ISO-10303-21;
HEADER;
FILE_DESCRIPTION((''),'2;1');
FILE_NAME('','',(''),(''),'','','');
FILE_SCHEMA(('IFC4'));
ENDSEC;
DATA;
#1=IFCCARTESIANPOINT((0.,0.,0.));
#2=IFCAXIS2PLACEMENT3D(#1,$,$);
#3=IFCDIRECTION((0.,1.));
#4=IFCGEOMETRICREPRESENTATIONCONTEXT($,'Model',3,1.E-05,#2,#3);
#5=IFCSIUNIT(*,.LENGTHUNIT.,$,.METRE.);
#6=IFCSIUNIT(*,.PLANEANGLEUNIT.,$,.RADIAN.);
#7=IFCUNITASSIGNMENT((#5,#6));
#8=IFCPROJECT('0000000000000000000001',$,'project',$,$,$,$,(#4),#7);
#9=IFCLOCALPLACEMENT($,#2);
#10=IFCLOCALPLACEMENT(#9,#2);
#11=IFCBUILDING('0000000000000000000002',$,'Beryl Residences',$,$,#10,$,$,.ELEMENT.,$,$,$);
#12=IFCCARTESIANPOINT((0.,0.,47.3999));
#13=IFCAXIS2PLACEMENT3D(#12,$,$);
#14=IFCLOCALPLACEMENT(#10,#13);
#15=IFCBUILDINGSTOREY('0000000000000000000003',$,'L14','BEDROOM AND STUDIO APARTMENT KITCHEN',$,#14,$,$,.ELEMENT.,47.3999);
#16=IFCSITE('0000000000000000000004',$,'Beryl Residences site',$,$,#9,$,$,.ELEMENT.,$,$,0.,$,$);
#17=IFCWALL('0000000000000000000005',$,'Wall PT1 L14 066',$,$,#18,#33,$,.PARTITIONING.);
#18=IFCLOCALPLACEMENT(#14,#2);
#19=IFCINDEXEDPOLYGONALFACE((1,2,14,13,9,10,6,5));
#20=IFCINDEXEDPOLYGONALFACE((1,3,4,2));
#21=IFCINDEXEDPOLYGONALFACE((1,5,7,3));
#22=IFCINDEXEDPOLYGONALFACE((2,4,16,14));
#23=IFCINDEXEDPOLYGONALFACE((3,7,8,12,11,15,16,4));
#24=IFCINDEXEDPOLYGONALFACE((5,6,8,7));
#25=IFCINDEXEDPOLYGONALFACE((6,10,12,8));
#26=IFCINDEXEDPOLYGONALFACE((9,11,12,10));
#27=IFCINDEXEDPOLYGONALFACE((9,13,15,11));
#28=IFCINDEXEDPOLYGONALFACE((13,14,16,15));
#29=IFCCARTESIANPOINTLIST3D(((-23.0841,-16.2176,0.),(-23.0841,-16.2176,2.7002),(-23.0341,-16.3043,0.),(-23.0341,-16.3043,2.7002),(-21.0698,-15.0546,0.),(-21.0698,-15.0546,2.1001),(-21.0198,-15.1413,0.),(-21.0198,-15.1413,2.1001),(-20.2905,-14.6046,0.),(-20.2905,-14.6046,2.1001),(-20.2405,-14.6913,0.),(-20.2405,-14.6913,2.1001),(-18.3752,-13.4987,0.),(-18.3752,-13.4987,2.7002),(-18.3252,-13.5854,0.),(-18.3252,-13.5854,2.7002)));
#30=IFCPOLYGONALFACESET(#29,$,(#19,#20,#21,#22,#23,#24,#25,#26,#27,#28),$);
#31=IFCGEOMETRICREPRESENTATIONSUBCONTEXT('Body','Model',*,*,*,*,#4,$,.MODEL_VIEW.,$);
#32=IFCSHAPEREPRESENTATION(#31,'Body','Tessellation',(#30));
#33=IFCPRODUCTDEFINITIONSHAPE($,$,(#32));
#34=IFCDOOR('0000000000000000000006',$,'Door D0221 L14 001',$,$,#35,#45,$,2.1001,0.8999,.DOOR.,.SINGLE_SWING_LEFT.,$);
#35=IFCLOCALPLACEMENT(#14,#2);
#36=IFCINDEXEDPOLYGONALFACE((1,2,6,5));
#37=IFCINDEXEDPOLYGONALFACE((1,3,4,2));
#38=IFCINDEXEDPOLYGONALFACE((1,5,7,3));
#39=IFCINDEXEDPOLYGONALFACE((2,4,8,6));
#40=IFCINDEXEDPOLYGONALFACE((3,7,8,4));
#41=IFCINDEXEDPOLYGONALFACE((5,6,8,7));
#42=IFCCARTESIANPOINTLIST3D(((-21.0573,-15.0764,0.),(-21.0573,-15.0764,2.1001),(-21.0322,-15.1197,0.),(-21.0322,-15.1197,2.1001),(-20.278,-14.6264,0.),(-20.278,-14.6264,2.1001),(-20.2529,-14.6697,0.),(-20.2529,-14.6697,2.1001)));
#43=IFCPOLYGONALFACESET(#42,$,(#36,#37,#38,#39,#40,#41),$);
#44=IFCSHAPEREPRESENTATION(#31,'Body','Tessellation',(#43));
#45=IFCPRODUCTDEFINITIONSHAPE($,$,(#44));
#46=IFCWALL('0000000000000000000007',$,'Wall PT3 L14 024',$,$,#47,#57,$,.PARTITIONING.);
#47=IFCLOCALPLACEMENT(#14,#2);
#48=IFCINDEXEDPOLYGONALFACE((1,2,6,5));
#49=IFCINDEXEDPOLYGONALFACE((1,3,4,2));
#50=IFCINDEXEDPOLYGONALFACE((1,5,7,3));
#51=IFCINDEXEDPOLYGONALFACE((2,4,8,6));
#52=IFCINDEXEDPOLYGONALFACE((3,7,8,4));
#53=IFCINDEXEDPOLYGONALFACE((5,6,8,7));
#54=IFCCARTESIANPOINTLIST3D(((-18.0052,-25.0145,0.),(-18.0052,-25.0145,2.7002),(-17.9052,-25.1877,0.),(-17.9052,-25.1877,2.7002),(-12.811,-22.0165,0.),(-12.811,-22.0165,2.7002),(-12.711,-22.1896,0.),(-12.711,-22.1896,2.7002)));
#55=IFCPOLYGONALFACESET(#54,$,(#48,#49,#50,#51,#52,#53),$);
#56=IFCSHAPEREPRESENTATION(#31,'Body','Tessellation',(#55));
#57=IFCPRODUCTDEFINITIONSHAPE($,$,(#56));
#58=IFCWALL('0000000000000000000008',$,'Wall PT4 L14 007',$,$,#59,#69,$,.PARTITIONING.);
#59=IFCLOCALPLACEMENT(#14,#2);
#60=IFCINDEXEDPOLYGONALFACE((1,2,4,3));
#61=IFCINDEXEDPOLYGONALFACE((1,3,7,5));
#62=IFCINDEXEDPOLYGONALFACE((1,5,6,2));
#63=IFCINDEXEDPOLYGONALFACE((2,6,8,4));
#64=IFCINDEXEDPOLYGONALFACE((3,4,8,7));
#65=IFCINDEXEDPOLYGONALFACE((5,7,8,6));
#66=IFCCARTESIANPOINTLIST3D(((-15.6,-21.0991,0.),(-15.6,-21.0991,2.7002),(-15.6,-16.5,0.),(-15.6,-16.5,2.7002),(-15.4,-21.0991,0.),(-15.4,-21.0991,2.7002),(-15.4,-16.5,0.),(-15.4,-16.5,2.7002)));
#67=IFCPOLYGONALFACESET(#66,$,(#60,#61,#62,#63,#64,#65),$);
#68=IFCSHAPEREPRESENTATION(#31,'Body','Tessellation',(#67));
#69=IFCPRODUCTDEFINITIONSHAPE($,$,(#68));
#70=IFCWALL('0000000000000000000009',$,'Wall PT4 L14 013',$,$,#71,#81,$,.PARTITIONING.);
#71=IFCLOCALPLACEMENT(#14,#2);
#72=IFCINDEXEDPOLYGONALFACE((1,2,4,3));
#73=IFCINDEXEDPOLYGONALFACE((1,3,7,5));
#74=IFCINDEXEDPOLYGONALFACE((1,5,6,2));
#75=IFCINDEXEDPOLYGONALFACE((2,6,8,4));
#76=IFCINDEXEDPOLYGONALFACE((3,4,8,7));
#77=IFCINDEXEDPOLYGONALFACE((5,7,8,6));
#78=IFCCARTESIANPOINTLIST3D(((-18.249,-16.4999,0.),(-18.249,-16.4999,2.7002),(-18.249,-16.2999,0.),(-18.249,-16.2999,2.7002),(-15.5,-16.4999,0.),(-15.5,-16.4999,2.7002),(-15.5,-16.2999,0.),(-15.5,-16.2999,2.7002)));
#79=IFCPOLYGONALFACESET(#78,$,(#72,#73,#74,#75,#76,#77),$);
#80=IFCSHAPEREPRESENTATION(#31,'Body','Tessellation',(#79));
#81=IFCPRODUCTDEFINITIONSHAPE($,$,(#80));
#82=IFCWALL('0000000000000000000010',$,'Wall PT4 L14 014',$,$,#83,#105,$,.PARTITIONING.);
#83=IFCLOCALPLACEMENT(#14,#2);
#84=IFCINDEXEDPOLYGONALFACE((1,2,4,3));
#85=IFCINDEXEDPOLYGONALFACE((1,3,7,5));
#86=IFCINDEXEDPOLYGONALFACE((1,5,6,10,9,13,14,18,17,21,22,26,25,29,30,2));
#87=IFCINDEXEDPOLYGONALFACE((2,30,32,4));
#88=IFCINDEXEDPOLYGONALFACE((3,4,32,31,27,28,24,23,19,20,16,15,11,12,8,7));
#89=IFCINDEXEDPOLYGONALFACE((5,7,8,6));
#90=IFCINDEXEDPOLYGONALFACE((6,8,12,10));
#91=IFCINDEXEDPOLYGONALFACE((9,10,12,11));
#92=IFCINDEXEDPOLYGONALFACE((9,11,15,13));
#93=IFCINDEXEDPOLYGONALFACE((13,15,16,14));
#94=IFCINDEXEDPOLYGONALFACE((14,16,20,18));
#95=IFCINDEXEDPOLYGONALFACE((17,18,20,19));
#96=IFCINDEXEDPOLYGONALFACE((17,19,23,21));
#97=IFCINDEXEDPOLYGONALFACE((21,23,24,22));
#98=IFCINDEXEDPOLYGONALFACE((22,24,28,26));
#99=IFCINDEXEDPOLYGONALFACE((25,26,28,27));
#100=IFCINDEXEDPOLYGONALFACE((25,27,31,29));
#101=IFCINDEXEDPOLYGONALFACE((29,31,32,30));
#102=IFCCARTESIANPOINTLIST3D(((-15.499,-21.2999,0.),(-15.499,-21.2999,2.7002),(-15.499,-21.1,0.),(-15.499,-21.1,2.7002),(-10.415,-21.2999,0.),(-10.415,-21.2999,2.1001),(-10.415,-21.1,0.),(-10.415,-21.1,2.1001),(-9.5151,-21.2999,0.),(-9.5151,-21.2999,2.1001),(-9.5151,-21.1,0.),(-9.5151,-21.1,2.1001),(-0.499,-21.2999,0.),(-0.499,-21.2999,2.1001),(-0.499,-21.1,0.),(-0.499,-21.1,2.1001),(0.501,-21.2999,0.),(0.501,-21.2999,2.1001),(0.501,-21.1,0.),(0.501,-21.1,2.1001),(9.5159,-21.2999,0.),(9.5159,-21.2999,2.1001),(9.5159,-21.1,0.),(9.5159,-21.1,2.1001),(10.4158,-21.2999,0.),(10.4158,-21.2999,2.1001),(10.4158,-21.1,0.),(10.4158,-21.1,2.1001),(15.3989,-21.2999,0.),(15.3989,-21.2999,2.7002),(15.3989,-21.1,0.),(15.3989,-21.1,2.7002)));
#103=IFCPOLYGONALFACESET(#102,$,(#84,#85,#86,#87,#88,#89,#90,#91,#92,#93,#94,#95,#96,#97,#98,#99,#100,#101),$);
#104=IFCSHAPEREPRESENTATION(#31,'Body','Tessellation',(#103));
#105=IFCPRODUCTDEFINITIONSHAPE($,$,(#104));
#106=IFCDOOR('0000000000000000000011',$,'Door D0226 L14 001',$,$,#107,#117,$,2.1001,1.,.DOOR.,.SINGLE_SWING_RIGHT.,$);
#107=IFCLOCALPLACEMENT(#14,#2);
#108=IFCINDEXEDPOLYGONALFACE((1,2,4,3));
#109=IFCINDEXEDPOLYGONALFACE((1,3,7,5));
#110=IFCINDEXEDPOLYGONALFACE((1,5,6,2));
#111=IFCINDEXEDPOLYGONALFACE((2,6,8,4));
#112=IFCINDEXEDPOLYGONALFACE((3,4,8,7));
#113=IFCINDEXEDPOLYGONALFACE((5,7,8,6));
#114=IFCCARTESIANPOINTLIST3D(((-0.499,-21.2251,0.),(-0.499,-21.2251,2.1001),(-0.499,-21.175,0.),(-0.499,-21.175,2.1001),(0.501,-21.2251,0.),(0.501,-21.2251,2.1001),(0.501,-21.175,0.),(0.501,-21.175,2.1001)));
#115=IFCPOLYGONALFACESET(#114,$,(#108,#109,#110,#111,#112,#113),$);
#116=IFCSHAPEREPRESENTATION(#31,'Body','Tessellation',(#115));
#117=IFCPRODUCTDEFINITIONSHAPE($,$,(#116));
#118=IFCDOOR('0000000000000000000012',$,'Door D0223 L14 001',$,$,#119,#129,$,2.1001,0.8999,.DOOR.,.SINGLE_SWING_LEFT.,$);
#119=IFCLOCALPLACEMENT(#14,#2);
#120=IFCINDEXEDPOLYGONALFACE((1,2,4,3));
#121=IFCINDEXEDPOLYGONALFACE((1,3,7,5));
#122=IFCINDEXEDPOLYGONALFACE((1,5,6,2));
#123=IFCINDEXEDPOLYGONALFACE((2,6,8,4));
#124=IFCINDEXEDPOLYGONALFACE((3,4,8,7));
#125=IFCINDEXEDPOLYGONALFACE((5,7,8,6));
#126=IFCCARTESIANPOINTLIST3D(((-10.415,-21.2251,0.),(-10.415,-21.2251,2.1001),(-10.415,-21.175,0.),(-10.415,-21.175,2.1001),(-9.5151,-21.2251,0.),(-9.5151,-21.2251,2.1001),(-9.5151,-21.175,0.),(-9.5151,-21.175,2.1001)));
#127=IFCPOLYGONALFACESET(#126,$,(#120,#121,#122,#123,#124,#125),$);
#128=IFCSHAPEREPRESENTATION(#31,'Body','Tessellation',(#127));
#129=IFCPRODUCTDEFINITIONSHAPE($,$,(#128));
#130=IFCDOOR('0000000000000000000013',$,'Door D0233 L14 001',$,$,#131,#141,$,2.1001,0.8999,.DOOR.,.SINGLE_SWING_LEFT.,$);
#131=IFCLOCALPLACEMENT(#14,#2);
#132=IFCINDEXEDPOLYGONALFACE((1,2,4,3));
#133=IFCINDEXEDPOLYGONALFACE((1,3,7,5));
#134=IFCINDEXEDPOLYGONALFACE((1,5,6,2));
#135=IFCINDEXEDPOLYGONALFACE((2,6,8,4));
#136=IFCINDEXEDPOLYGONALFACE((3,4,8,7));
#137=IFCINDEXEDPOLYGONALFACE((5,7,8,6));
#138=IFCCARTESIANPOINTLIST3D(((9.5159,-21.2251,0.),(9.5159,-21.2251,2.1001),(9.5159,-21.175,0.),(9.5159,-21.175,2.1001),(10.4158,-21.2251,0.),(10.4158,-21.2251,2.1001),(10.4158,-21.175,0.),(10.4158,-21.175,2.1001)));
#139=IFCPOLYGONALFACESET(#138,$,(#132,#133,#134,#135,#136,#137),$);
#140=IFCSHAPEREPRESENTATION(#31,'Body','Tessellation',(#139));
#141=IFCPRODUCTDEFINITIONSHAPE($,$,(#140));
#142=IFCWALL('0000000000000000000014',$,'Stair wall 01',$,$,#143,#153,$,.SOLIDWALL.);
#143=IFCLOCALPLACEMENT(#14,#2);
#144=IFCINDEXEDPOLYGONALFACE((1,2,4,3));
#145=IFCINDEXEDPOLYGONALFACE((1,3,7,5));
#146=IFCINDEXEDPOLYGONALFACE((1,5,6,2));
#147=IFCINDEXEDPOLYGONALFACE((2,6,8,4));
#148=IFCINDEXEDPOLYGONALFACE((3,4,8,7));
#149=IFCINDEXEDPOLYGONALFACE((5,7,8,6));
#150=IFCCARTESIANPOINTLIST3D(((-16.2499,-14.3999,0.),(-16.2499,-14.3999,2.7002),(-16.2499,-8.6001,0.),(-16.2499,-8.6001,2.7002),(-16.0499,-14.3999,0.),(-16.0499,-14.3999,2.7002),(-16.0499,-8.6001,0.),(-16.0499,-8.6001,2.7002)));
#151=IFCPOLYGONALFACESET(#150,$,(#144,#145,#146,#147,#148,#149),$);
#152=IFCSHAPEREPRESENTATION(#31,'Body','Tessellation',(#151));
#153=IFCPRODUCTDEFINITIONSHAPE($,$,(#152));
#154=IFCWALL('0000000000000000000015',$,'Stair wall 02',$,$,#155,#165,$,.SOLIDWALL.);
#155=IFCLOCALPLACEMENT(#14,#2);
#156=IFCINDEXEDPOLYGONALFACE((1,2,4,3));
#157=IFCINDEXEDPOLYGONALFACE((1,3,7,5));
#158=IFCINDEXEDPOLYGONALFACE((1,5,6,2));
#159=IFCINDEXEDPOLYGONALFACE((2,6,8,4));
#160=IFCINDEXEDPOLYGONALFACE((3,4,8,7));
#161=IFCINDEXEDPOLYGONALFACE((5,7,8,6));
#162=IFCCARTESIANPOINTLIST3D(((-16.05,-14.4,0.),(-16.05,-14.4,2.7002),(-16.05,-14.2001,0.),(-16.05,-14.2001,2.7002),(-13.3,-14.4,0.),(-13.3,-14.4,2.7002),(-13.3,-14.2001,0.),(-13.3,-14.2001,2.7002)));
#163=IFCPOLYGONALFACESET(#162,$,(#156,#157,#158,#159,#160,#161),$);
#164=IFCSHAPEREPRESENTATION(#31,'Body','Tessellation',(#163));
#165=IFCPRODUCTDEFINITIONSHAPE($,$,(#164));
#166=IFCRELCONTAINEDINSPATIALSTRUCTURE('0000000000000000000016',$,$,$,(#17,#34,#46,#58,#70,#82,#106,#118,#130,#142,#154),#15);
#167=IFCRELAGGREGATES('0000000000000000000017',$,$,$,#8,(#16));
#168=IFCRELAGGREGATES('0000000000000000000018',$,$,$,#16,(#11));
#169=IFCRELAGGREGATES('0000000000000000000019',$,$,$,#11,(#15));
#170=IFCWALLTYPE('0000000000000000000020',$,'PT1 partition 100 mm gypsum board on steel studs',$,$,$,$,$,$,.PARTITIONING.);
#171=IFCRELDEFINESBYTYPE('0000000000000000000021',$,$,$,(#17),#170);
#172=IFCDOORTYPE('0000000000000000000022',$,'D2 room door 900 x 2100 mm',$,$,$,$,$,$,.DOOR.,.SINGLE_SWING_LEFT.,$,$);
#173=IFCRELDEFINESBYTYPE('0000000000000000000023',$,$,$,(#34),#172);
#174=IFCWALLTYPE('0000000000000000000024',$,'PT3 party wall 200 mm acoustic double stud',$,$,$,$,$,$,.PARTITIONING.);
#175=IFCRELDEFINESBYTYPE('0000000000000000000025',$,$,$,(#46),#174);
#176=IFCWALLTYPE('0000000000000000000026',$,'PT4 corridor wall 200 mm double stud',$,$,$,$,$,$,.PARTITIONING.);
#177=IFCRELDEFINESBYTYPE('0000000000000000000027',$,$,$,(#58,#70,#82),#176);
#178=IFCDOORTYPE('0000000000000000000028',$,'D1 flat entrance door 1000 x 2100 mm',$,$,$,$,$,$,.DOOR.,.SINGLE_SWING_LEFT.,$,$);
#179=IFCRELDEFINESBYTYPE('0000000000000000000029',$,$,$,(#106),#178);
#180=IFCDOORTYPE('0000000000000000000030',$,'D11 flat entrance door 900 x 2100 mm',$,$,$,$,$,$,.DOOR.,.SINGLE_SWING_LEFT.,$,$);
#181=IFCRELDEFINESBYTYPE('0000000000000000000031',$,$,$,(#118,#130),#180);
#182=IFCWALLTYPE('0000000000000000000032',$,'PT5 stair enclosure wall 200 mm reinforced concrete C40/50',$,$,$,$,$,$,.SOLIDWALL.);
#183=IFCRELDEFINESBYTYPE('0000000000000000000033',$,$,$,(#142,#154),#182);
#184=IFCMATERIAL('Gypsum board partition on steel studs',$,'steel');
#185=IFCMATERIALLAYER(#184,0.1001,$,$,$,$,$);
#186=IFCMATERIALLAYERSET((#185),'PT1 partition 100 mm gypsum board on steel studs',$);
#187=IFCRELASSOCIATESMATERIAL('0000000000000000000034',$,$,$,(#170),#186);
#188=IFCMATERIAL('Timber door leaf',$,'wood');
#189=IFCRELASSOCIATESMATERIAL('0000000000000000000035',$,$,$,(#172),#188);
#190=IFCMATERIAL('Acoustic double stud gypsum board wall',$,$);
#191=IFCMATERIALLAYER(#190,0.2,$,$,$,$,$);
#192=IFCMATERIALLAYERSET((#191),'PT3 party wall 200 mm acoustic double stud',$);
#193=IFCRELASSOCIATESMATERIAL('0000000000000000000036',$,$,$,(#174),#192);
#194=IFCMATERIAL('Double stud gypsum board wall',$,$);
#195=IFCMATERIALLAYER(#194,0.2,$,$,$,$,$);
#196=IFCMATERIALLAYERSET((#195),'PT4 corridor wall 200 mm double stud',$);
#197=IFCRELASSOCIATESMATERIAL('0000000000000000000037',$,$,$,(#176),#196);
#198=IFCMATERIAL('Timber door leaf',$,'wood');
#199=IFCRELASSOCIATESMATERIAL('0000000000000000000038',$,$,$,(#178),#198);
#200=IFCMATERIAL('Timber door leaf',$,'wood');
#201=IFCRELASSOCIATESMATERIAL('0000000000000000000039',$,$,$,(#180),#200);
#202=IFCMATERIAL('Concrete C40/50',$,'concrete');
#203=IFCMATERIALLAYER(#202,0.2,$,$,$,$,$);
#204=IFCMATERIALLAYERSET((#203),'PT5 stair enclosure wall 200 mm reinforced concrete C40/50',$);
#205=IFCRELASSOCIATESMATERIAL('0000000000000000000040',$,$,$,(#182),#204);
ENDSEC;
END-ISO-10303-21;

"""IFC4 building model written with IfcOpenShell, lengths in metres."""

from ifc_helpers import new_model, si_unit, direction, frame, frame_2d, origin, place, context, subcontext, project, spatial, rectangle, extrude, material, layer, layer_set, type_object, element, fill, save


model = new_model("IFC4")

# Units and contexts
model_context = context("Model", 3, precision=1e-05, world=origin(), true_north=direction((0.0, 1.0)))
body_context = subcontext(model_context, "Body", "Model", "MODEL_VIEW")
ifc_project = project(units=[si_unit("LENGTHUNIT", "METRE"), si_unit("PLANEANGLEUNIT", "RADIAN")], contexts=[model_context])

# Site, building, storey
site_placement = place(None, origin())
site = spatial("IfcSite", under=ifc_project, at=site_placement, Name="Beryl Residences site", CompositionType="ELEMENT", RefElevation=0.0)
building_placement = place(site_placement, origin())
building = spatial("IfcBuilding", under=site, at=building_placement, Name="Beryl Residences", CompositionType="ELEMENT")
storey_placement = place(building_placement, frame((0.0, 0.0, 47.3999)))
storey = spatial("IfcBuildingStorey", under=building, at=storey_placement, Name="L14", Description="BEDROOM AND STUDIO APARTMENT KITCHEN", CompositionType="ELEMENT", Elevation=47.3999)

# Wall, opening, door
ifc_material_1 = material(Name="Gypsum board partition on steel studs", Category="steel")
ifc_layer_1 = layer(ifc_material_1, 0.1001)
ifc_layer_set_1 = layer_set([ifc_layer_1], Name="PT1 partition 100 mm gypsum board on steel studs")
wall_type_1 = type_object("IfcWallType", Name="PT1 partition 100 mm gypsum board on steel studs", PredefinedType="PARTITIONING", material=ifc_layer_set_1)
ifc_material_2 = material(Name="Timber door leaf", Category="wood")
door_type_1 = type_object("IfcDoorType", Name="D2 room door 900 x 2100 mm", OperationType="SINGLE_SWING_LEFT", PredefinedType="DOOR", material=ifc_material_2)
wall_1_placement = place(storey_placement, frame((-23.0591, -16.261, 0.0), z_axis=(0.0, 0.0, 1.0), x_axis=(0.866005, 0.500036, 0.0)))
wall_1 = element("IfcWall", 1, at=wall_1_placement, inside=storey, type_object=wall_type_1, Name="Wall PT1 L14 066", PredefinedType="PARTITIONING", context=body_context, shape_type="SweptSolid", body=[
    extrude(rectangle(XDim=5.4375, YDim=0.1001, at=frame_2d((2.7188, 0.0))), origin(), (0.0, 0.0, 1.0), 2.7002),
])
opening_1_placement = place(wall_1_placement, frame((2.3259, 0.0, 0.0)))
opening_1 = element("IfcOpeningElement", 2, at=opening_1_placement, cuts=wall_1, PredefinedType="OPENING", context=body_context, shape_type="SweptSolid", body=[
    extrude(rectangle(XDim=0.8999, YDim=2.1001, at=frame_2d((0.45, 1.05))), frame((0.0, 0.0601, 0.0), z_axis=(0.0, -1.0, 0.0), x_axis=(1.0, 0.0, 0.0)), (0.0, 0.0, 1.0), 0.1201),
])
door_1_placement = place(opening_1_placement, origin())
door_1 = element("IfcDoor", 3, at=door_1_placement, inside=storey, type_object=door_type_1, Name="Door D0221 L14 001", OperationType="SINGLE_SWING_LEFT", OverallHeight=2.1001, OverallWidth=0.8999, PredefinedType="DOOR", context=body_context, shape_type="SweptSolid", body=[
    extrude(rectangle(XDim=0.8999, YDim=2.1001, at=frame_2d((0.45, 1.05))), frame((0.0, 0.0249, 0.0), z_axis=(0.0, -1.0, 0.0), x_axis=(1.0, 0.0, 0.0)), (0.0, 0.0, 1.0), 0.05),
])
fill(opening_1, door_1)

# Walls
ifc_material_3 = material(Name="Acoustic double stud gypsum board wall")
ifc_layer_2 = layer(ifc_material_3, 0.2)
ifc_layer_set_2 = layer_set([ifc_layer_2], Name="PT3 party wall 200 mm acoustic double stud")
wall_type_2 = type_object("IfcWallType", Name="PT3 party wall 200 mm acoustic double stud", PredefinedType="PARTITIONING", material=ifc_layer_set_2)
wall_2_placement = place(storey_placement, frame((-17.9551, -25.1011, 0.0), z_axis=(0.0, 0.0, 1.0), x_axis=(0.866081, 0.499905, 0.0)))
element("IfcWall", 4, at=wall_2_placement, inside=storey, type_object=wall_type_2, Name="Wall PT3 L14 024", PredefinedType="PARTITIONING", context=body_context, shape_type="SweptSolid", body=[
    extrude(rectangle(XDim=5.9973, YDim=0.2, at=frame_2d((2.9985, 0.0))), origin(), (0.0, 0.0, 1.0), 2.7002),
])
ifc_material_4 = material(Name="Double stud gypsum board wall")
ifc_layer_3 = layer(ifc_material_4, 0.2)
ifc_layer_set_3 = layer_set([ifc_layer_3], Name="PT4 corridor wall 200 mm double stud")
wall_type_3 = type_object("IfcWallType", Name="PT4 corridor wall 200 mm double stud", PredefinedType="PARTITIONING", material=ifc_layer_set_3)
wall_3_placement = place(storey_placement, frame((-15.5, -16.5, 0.0), z_axis=(0.0, 0.0, 1.0), x_axis=(0.0, -1.0, 0.0)))
element("IfcWall", 5, at=wall_3_placement, inside=storey, type_object=wall_type_3, Name="Wall PT4 L14 007", PredefinedType="PARTITIONING", context=body_context, shape_type="SweptSolid", body=[
    extrude(rectangle(XDim=4.5991, YDim=0.2, at=frame_2d((2.2996, 0.0))), origin(), (0.0, 0.0, 1.0), 2.7002),
])
wall_4_placement = place(storey_placement, frame((-18.249, -16.3999, 0.0), z_axis=(0.0, 0.0, 1.0), x_axis=(1.0, 0.0, 0.0)))
element("IfcWall", 6, at=wall_4_placement, inside=storey, type_object=wall_type_3, Name="Wall PT4 L14 013", PredefinedType="PARTITIONING", context=body_context, shape_type="SweptSolid", body=[
    extrude(rectangle(XDim=2.749, YDim=0.2, at=frame_2d((1.3745, 0.0))), origin(), (0.0, 0.0, 1.0), 2.7002),
])

# Wall, openings, doors
wall_5_placement = place(storey_placement, frame((-15.499, -21.2, 0.0), z_axis=(0.0, 0.0, 1.0), x_axis=(1.0, 0.0, 0.0)))
wall_5 = element("IfcWall", 7, at=wall_5_placement, inside=storey, type_object=wall_type_3, Name="Wall PT4 L14 014", PredefinedType="PARTITIONING", context=body_context, shape_type="SweptSolid", body=[
    extrude(rectangle(XDim=30.8979, YDim=0.2, at=frame_2d((15.449, 0.0))), origin(), (0.0, 0.0, 1.0), 2.7002),
])
opening_2_placement = place(wall_5_placement, frame((5.084, 0.0, 0.0)))
opening_2 = element("IfcOpeningElement", 8, at=opening_2_placement, cuts=wall_5, PredefinedType="OPENING", context=body_context, shape_type="SweptSolid", body=[
    extrude(rectangle(XDim=0.8999, YDim=2.1001, at=frame_2d((0.45, 1.05))), frame((0.0, 0.1099, 0.0), z_axis=(0.0, -1.0, 0.0), x_axis=(1.0, 0.0, 0.0)), (0.0, 0.0, 1.0), 0.22),
])
opening_3_placement = place(wall_5_placement, frame((15.0, 0.0, 0.0)))
opening_3 = element("IfcOpeningElement", 9, at=opening_3_placement, cuts=wall_5, PredefinedType="OPENING", context=body_context, shape_type="SweptSolid", body=[
    extrude(rectangle(XDim=1.0, YDim=2.1001, at=frame_2d((0.5, 1.05))), frame((0.0, 0.1099, 0.0), z_axis=(0.0, -1.0, 0.0), x_axis=(1.0, 0.0, 0.0)), (0.0, 0.0, 1.0), 0.22),
])
opening_4_placement = place(wall_5_placement, frame((25.0149, 0.0, 0.0)))
opening_4 = element("IfcOpeningElement", 10, at=opening_4_placement, cuts=wall_5, PredefinedType="OPENING", context=body_context, shape_type="SweptSolid", body=[
    extrude(rectangle(XDim=0.8999, YDim=2.1001, at=frame_2d((0.45, 1.05))), frame((0.0, 0.1099, 0.0), z_axis=(0.0, -1.0, 0.0), x_axis=(1.0, 0.0, 0.0)), (0.0, 0.0, 1.0), 0.22),
])
ifc_material_5 = material(Name="Timber door leaf", Category="wood")
door_type_2 = type_object("IfcDoorType", Name="D1 flat entrance door 1000 x 2100 mm", OperationType="SINGLE_SWING_LEFT", PredefinedType="DOOR", material=ifc_material_5)
door_2_placement = place(opening_3_placement, origin())
door_2 = element("IfcDoor", 11, at=door_2_placement, inside=storey, type_object=door_type_2, Name="Door D0226 L14 001", OperationType="SINGLE_SWING_RIGHT", OverallHeight=2.1001, OverallWidth=1.0, PredefinedType="DOOR", context=body_context, shape_type="SweptSolid", body=[
    extrude(rectangle(XDim=1.0, YDim=2.1001, at=frame_2d((0.5, 1.05))), frame((0.0, 0.0249, 0.0), z_axis=(0.0, -1.0, 0.0), x_axis=(1.0, 0.0, 0.0)), (0.0, 0.0, 1.0), 0.05),
])
fill(opening_3, door_2)
ifc_material_6 = material(Name="Timber door leaf", Category="wood")
door_type_3 = type_object("IfcDoorType", Name="D11 flat entrance door 900 x 2100 mm", OperationType="SINGLE_SWING_LEFT", PredefinedType="DOOR", material=ifc_material_6)
door_3_placement = place(opening_2_placement, origin())
door_3 = element("IfcDoor", 12, at=door_3_placement, inside=storey, type_object=door_type_3, Name="Door D0223 L14 001", OperationType="SINGLE_SWING_LEFT", OverallHeight=2.1001, OverallWidth=0.8999, PredefinedType="DOOR", context=body_context, shape_type="SweptSolid", body=[
    extrude(rectangle(XDim=0.8999, YDim=2.1001, at=frame_2d((0.45, 1.05))), frame((0.0, 0.0249, 0.0), z_axis=(0.0, -1.0, 0.0), x_axis=(1.0, 0.0, 0.0)), (0.0, 0.0, 1.0), 0.05),
])
fill(opening_2, door_3)
door_4_placement = place(opening_4_placement, origin())
door_4 = element("IfcDoor", 13, at=door_4_placement, inside=storey, type_object=door_type_3, Name="Door D0233 L14 001", OperationType="SINGLE_SWING_LEFT", OverallHeight=2.1001, OverallWidth=0.8999, PredefinedType="DOOR", context=body_context, shape_type="SweptSolid", body=[
    extrude(rectangle(XDim=0.8999, YDim=2.1001, at=frame_2d((0.45, 1.05))), frame((0.0, 0.0249, 0.0), z_axis=(0.0, -1.0, 0.0), x_axis=(1.0, 0.0, 0.0)), (0.0, 0.0, 1.0), 0.05),
])
fill(opening_4, door_4)

# Walls
ifc_material_7 = material(Name="Concrete C40/50", Category="concrete")
ifc_layer_4 = layer(ifc_material_7, 0.2)
ifc_layer_set_4 = layer_set([ifc_layer_4], Name="PT5 stair enclosure wall 200 mm reinforced concrete C40/50")
wall_type_4 = type_object("IfcWallType", Name="PT5 stair enclosure wall 200 mm reinforced concrete C40/50", PredefinedType="SOLIDWALL", material=ifc_layer_set_4)
wall_6_placement = place(storey_placement, frame((-16.1499, -14.3999, 0.0), z_axis=(0.0, 0.0, 1.0), x_axis=(0.0, 1.0, 0.0)))
element("IfcWall", 14, at=wall_6_placement, inside=storey, type_object=wall_type_4, Name="Stair wall 01", PredefinedType="SOLIDWALL", context=body_context, shape_type="SweptSolid", body=[
    extrude(rectangle(XDim=5.7998, YDim=0.2, at=frame_2d((2.8999, 0.0))), origin(), (0.0, 0.0, 1.0), 2.7002),
])
wall_7_placement = place(storey_placement, frame((-16.05, -14.3, 0.0), z_axis=(0.0, 0.0, 1.0), x_axis=(1.0, 0.0, 0.0)))
element("IfcWall", 15, at=wall_7_placement, inside=storey, type_object=wall_type_4, Name="Stair wall 02", PredefinedType="SOLIDWALL", context=body_context, shape_type="SweptSolid", body=[
    extrude(rectangle(XDim=2.75, YDim=0.2, at=frame_2d((1.375, 0.0))), origin(), (0.0, 0.0, 1.0), 2.7002),
])

save(model, "model.ifc")
